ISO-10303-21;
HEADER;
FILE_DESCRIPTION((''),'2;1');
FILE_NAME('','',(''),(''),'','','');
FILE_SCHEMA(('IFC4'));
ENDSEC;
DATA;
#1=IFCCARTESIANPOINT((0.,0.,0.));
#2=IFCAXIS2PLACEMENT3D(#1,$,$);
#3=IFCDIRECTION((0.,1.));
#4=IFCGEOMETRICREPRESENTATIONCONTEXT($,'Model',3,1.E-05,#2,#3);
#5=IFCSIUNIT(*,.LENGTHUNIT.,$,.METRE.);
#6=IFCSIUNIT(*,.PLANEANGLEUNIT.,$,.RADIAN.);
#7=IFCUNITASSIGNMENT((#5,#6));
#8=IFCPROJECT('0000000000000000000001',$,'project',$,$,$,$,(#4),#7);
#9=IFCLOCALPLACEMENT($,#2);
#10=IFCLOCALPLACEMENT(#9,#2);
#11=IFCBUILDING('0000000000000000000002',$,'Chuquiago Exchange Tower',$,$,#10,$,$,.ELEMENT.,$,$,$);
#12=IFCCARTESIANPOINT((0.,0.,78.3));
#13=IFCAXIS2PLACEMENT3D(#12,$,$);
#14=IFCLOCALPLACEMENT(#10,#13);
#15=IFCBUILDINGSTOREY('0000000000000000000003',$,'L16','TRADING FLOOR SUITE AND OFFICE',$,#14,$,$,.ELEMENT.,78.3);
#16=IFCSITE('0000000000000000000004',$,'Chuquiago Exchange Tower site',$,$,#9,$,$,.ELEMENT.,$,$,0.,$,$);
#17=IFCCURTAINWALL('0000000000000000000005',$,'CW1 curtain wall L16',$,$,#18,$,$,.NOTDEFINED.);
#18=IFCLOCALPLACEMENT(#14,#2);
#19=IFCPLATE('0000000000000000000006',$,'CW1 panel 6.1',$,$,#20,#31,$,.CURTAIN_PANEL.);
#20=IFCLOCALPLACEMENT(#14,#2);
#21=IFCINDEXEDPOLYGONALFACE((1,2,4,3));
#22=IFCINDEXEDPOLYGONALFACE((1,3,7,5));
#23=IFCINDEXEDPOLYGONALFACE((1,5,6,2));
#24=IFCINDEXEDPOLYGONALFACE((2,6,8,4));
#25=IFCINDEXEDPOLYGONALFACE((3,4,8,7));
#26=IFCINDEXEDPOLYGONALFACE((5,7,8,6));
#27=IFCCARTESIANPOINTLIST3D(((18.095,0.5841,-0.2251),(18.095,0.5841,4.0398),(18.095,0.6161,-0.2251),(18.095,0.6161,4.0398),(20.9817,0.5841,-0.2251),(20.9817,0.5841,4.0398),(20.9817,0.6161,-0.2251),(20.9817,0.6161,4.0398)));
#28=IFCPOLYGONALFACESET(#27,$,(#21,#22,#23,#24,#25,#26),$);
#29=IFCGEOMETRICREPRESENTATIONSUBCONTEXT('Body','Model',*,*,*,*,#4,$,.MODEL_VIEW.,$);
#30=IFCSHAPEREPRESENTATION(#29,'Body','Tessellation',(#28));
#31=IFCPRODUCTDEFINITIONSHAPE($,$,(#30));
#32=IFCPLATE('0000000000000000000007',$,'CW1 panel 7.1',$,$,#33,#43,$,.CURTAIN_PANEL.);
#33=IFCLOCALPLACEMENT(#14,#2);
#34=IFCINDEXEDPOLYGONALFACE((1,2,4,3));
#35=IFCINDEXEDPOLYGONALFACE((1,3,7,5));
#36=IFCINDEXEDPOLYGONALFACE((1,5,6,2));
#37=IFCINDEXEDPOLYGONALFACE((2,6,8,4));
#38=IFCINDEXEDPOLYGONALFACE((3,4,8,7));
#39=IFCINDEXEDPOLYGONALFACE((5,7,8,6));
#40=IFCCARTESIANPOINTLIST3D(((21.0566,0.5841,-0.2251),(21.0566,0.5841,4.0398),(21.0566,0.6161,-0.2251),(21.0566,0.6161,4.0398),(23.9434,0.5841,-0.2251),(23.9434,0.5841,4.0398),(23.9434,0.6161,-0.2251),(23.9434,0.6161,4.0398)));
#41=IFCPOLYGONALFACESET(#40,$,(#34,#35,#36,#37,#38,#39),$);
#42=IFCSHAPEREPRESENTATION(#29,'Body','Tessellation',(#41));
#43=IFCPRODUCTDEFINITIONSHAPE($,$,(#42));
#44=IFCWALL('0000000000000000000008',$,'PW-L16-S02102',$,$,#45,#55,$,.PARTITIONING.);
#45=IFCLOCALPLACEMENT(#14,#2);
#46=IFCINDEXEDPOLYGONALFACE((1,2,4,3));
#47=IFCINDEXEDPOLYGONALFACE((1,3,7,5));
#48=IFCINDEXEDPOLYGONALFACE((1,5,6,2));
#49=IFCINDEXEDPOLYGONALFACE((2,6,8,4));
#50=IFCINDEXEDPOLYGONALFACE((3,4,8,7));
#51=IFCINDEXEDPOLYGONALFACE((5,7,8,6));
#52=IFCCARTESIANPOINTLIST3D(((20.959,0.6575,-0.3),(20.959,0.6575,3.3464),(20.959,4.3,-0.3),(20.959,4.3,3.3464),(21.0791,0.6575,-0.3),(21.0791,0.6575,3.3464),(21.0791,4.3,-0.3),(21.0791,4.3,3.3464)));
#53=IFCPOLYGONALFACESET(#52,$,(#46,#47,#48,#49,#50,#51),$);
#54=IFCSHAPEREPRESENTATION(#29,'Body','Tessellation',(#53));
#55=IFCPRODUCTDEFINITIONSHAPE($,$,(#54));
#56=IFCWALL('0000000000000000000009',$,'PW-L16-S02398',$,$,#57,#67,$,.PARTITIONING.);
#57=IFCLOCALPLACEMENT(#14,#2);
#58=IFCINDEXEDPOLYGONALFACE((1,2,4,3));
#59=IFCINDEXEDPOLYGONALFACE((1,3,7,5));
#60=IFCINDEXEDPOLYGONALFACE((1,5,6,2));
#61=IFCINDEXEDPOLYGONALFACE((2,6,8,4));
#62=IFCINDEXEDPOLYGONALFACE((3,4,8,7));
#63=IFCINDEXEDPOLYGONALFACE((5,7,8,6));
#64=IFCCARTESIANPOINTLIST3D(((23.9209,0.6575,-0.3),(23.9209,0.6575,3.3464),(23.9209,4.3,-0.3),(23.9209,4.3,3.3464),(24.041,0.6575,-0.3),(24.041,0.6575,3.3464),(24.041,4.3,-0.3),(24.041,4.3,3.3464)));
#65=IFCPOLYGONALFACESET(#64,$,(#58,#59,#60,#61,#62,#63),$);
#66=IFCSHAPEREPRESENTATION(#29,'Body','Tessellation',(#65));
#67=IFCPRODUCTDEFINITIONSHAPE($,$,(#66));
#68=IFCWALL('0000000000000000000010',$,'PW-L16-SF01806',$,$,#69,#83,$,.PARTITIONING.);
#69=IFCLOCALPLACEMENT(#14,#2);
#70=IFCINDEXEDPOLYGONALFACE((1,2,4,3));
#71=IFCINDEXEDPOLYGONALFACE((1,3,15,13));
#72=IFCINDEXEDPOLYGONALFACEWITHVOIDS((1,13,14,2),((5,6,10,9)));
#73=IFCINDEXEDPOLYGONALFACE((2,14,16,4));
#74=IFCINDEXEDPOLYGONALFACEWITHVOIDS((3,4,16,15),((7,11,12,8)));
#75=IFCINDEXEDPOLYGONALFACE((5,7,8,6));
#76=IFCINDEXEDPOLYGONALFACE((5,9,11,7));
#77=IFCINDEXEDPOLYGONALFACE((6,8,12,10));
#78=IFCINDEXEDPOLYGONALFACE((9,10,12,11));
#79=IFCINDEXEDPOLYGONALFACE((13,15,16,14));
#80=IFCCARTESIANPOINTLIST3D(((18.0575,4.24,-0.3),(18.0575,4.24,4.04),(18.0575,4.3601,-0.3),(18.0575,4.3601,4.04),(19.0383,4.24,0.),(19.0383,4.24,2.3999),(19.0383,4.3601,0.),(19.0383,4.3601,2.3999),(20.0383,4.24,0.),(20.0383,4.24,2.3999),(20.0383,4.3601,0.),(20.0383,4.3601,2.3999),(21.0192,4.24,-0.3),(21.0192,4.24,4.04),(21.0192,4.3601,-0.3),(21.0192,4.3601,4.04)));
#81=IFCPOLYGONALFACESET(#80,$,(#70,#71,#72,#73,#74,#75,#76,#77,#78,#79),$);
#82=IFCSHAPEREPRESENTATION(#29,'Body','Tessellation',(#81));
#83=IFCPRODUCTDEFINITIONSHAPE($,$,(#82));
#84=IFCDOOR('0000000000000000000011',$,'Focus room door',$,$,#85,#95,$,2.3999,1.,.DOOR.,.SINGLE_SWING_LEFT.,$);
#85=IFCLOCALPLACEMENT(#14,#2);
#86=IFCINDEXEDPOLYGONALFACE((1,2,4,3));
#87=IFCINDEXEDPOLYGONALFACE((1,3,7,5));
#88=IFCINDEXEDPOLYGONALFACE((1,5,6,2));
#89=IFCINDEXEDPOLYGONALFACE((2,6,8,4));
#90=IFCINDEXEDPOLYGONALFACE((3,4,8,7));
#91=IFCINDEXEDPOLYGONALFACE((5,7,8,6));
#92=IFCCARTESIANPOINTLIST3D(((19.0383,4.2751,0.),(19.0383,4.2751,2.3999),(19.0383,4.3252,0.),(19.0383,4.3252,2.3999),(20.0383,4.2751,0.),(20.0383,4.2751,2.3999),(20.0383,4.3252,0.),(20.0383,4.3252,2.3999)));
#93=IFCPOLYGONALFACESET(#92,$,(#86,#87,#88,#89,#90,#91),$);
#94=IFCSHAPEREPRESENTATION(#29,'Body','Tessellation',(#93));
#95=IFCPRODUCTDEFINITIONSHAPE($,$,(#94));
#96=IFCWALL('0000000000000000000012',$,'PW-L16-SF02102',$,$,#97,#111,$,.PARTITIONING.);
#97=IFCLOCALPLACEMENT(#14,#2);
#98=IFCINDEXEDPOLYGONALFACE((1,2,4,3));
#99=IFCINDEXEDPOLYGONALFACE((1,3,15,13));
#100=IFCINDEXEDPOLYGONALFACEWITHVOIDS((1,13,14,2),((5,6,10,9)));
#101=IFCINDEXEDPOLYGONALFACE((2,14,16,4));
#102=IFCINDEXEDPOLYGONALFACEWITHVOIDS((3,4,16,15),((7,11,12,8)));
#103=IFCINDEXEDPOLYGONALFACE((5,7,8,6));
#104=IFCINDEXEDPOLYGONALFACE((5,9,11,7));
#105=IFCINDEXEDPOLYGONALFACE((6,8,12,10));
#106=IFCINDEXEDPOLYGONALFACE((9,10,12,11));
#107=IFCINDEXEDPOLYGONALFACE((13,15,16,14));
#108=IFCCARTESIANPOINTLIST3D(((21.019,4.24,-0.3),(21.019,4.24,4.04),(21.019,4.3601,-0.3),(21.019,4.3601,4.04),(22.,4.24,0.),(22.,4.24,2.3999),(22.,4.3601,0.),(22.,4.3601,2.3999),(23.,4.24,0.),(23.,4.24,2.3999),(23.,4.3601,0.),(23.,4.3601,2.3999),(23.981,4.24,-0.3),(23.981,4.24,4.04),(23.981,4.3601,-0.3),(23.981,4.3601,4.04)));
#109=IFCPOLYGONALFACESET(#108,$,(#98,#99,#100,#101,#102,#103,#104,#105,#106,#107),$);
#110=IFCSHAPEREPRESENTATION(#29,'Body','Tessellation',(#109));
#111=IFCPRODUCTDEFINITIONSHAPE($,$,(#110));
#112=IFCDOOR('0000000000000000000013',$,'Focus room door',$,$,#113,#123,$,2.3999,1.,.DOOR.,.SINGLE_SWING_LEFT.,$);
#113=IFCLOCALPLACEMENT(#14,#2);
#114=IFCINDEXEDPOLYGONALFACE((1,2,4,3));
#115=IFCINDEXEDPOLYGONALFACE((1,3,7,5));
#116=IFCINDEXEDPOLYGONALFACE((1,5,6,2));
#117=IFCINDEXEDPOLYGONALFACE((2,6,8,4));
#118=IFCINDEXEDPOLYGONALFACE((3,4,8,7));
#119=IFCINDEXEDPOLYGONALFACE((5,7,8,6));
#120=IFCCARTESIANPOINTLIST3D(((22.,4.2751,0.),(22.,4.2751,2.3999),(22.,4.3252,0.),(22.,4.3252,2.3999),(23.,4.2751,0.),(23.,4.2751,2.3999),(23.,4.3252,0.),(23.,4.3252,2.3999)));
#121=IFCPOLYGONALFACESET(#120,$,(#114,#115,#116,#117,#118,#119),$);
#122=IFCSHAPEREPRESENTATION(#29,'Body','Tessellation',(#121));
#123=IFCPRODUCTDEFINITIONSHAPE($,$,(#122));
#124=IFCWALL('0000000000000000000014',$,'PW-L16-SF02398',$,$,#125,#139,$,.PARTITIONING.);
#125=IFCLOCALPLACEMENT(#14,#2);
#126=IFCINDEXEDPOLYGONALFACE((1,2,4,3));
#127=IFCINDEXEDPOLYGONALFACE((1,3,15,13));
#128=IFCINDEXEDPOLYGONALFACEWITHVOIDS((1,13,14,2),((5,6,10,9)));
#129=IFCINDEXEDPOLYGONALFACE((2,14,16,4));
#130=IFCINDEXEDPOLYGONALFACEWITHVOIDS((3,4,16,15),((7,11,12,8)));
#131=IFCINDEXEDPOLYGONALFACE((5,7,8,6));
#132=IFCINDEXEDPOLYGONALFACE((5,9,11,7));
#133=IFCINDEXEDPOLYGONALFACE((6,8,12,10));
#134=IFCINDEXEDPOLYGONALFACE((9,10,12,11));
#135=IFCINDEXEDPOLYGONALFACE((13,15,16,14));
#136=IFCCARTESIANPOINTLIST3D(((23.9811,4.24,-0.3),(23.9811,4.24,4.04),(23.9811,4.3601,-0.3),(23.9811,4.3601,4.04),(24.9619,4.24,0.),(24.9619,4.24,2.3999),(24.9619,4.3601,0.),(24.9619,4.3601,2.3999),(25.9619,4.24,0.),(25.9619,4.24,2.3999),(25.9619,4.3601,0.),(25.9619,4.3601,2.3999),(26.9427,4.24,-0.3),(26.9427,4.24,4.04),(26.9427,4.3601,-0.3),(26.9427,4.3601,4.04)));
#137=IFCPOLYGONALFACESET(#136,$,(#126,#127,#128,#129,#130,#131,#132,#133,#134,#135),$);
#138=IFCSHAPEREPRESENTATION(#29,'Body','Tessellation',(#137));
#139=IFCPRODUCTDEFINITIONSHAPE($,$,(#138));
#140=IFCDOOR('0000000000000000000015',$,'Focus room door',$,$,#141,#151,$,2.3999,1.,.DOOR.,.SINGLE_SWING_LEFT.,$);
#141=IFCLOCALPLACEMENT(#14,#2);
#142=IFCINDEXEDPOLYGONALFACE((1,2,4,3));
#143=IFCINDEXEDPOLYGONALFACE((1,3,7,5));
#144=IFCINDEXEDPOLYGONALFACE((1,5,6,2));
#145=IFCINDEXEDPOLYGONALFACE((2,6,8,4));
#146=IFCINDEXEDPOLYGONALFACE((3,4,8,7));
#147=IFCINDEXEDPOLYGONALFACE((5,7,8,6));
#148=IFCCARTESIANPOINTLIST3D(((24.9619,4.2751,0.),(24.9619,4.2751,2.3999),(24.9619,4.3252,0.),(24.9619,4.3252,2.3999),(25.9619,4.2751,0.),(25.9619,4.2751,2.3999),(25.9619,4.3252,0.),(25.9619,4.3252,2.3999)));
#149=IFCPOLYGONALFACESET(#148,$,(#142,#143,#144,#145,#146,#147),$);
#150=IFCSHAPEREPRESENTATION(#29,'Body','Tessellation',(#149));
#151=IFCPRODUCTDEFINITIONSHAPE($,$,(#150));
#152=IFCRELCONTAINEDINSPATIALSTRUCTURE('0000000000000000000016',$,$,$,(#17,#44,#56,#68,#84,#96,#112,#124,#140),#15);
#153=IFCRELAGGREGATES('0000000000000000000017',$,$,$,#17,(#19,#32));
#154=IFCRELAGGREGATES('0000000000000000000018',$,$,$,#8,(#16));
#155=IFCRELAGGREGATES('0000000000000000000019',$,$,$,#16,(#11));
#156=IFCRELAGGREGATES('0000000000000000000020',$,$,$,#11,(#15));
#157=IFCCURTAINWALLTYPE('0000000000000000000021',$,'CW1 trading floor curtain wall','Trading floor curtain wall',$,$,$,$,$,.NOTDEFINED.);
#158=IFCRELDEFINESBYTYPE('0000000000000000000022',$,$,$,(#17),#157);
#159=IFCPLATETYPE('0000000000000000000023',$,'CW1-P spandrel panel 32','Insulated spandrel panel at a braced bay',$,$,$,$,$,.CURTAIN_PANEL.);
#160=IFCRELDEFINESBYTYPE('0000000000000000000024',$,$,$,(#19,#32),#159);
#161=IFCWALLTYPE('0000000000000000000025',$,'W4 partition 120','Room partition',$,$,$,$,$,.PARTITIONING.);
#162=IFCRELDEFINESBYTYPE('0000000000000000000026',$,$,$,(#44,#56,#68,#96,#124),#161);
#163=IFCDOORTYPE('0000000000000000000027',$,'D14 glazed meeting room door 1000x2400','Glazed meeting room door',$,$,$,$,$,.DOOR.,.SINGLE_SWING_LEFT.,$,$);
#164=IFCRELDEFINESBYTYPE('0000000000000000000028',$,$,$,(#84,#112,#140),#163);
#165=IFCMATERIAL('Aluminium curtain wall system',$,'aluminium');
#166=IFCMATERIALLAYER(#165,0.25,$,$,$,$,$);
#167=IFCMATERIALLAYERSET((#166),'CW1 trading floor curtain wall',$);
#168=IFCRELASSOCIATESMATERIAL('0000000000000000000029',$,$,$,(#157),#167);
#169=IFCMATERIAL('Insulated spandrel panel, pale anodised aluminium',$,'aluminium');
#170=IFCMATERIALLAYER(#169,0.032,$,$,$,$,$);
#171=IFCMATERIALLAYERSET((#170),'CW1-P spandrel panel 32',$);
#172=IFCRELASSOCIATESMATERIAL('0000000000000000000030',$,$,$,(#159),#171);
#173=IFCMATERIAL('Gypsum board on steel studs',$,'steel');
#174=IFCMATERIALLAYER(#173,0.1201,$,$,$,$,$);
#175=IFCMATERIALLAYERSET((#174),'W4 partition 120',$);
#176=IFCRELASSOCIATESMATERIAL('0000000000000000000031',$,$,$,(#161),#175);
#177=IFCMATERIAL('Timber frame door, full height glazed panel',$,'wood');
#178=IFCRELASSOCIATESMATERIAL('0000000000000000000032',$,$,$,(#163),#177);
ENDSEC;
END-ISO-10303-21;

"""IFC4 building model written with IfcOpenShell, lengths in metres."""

from ifc_helpers import new_model, si_unit, direction, frame, frame_2d, origin, origin_2d, place, context, subcontext, project, spatial, rectangle, extrude, material, layer, layer_set, type_object, element, fill, aggregate, save


model = new_model("IFC4")

# Units and contexts
model_context = context("Model", 3, precision=1e-05, world=origin(), true_north=direction((0.0, 1.0)))
body_context = subcontext(model_context, "Body", "Model", "MODEL_VIEW")
ifc_project = project(units=[si_unit("LENGTHUNIT", "METRE"), si_unit("PLANEANGLEUNIT", "RADIAN")], contexts=[model_context])

# Site, building, storey
site_placement = place(None, origin())
site = spatial("IfcSite", under=ifc_project, at=site_placement, Name="Chuquiago Exchange Tower site", CompositionType="ELEMENT", RefElevation=0.0)
building_placement = place(site_placement, origin())
building = spatial("IfcBuilding", under=site, at=building_placement, Name="Chuquiago Exchange Tower", CompositionType="ELEMENT")
storey_placement = place(building_placement, frame((0.0, 0.0, 78.3)))
storey = spatial("IfcBuildingStorey", under=building, at=storey_placement, Name="L16", Description="TRADING FLOOR SUITE AND OFFICE", CompositionType="ELEMENT", Elevation=78.3)

# Curtain wall
ifc_material_1 = material(Name="Aluminium curtain wall system", Category="aluminium")
ifc_layer_1 = layer(ifc_material_1, 0.25)
ifc_layer_set_1 = layer_set([ifc_layer_1], Name="CW1 trading floor curtain wall")
curtain_wall_type = type_object("IfcCurtainWallType", Name="CW1 trading floor curtain wall", Description="Trading floor curtain wall", PredefinedType="NOTDEFINED", material=ifc_layer_set_1)
curtain_wall_placement = place(storey_placement, origin())
curtain_wall = element("IfcCurtainWall", 1, at=curtain_wall_placement, inside=storey, type_object=curtain_wall_type, Name="CW1 curtain wall L16", PredefinedType="NOTDEFINED")

# Plates
ifc_material_2 = material(Name="Insulated spandrel panel, pale anodised aluminium", Category="aluminium")
ifc_layer_2 = layer(ifc_material_2, 0.032)
ifc_layer_set_2 = layer_set([ifc_layer_2], Name="CW1-P spandrel panel 32")
plate_type_1 = type_object("IfcPlateType", Name="CW1-P spandrel panel 32", Description="Insulated spandrel panel at a braced bay", PredefinedType="CURTAIN_PANEL", material=ifc_layer_set_2)
plate_1_placement = place(storey_placement, frame((19.5383, 0.6001, -0.2251), z_axis=(0.0, 0.0, 1.0), x_axis=(1.0, 0.0, 0.0)))
plate_1 = element("IfcPlate", 2, at=plate_1_placement, type_object=plate_type_1, Name="CW1 panel 6.1", PredefinedType="CURTAIN_PANEL", context=body_context, shape_type="SweptSolid", body=[
    extrude(rectangle(XDim=2.8867, YDim=0.032, at=origin_2d()), origin(), (0.0, 0.0, 1.0), 4.2649),
])
plate_2_placement = place(storey_placement, frame((22.5, 0.6001, -0.2251), z_axis=(0.0, 0.0, 1.0), x_axis=(1.0, 0.0, 0.0)))
plate_2 = element("IfcPlate", 3, at=plate_2_placement, type_object=plate_type_1, Name="CW1 panel 7.1", PredefinedType="CURTAIN_PANEL", context=body_context, shape_type="SweptSolid", body=[
    extrude(rectangle(XDim=2.8867, YDim=0.032, at=origin_2d()), origin(), (0.0, 0.0, 1.0), 4.2649),
])
aggregate(curtain_wall, [plate_1, plate_2])

# Walls
ifc_material_3 = material(Name="Gypsum board on steel studs", Category="steel")
ifc_layer_3 = layer(ifc_material_3, 0.1201)
ifc_layer_set_3 = layer_set([ifc_layer_3], Name="W4 partition 120")
wall_type = type_object("IfcWallType", Name="W4 partition 120", Description="Room partition", PredefinedType="PARTITIONING", material=ifc_layer_set_3)
for number, where, z_axis, x_axis, name in (
    (4, (21.019, 0.6575, -0.3), (0.0, 0.0, 1.0), (0.0, 1.0, 0.0), "PW-L16-S02102"),
    (5, (23.981, 0.6575, -0.3), (0.0, 0.0, 1.0), (0.0, 1.0, 0.0), "PW-L16-S02398"),
):
    element("IfcWall", number, at=place(storey_placement, frame(where, z_axis=z_axis, x_axis=x_axis)), inside=storey, type_object=wall_type, Name=name, PredefinedType="PARTITIONING", context=body_context, shape_type="SweptSolid", body=[
        extrude(rectangle(XDim=3.6426, YDim=0.1201, at=frame_2d((1.8213, 0.0))), origin(), (0.0, 0.0, 1.0), 3.6465),
    ])

# Walls, openings, doors
wall_1_placement = place(storey_placement, frame((18.0574, 4.3, -0.3), z_axis=(0.0, 0.0, 1.0), x_axis=(1.0, 0.0, 0.0)))
wall_1 = element("IfcWall", 6, at=wall_1_placement, inside=storey, type_object=wall_type, Name="PW-L16-SF01806", PredefinedType="PARTITIONING", context=body_context, shape_type="SweptSolid", body=[
    extrude(rectangle(XDim=2.9617, YDim=0.1201, at=frame_2d((1.481, 0.0))), origin(), (0.0, 0.0, 1.0), 4.3401),
])
opening_1_placement = place(wall_1_placement, frame((0.981, 0.0, 0.3)))
opening_1 = element("IfcOpeningElement", 7, at=opening_1_placement, cuts=wall_1, PredefinedType="OPENING", context=body_context, shape_type="SweptSolid", body=[
    extrude(rectangle(XDim=1.0, YDim=2.3999, at=frame_2d((0.5, 1.2))), frame((0.0, 0.0701, 0.0), z_axis=(0.0, -1.0, 0.0), x_axis=(1.0, 0.0, 0.0)), (0.0, 0.0, 1.0), 0.1401),
])
ifc_material_4 = material(Name="Timber frame door, full height glazed panel", Category="wood")
door_type = type_object("IfcDoorType", Name="D14 glazed meeting room door 1000x2400", Description="Glazed meeting room door", OperationType="SINGLE_SWING_LEFT", PredefinedType="DOOR", material=ifc_material_4)
door_1_placement = place(opening_1_placement, frame((1.0, 0.0, 0.0), z_axis=(0.0, 0.0, 1.0), x_axis=(-1.0, 0.0, 0.0)))
door_1 = element("IfcDoor", 8, at=door_1_placement, inside=storey, type_object=door_type, Name="Focus room door", OperationType="SINGLE_SWING_LEFT", OverallHeight=2.3999, OverallWidth=1.0, PredefinedType="DOOR", context=body_context, shape_type="SweptSolid", body=[
    extrude(rectangle(XDim=1.0, YDim=2.3999, at=frame_2d((0.5, 1.2))), frame((0.0, 0.0249, 0.0), z_axis=(0.0, -1.0, 0.0), x_axis=(1.0, 0.0, 0.0)), (0.0, 0.0, 1.0), 0.05),
])
fill(opening_1, door_1)
wall_2_placement = place(storey_placement, frame((21.019, 4.3, -0.3), z_axis=(0.0, 0.0, 1.0), x_axis=(1.0, 0.0, 0.0)))
wall_2 = element("IfcWall", 9, at=wall_2_placement, inside=storey, type_object=wall_type, Name="PW-L16-SF02102", PredefinedType="PARTITIONING", context=body_context, shape_type="SweptSolid", body=[
    extrude(rectangle(XDim=2.9619, YDim=0.1201, at=frame_2d((1.481, 0.0))), origin(), (0.0, 0.0, 1.0), 4.3401),
])
opening_2_placement = place(wall_2_placement, frame((0.981, 0.0, 0.3)))
opening_2 = element("IfcOpeningElement", 10, at=opening_2_placement, cuts=wall_2, PredefinedType="OPENING", context=body_context, shape_type="SweptSolid", body=[
    extrude(rectangle(XDim=1.0, YDim=2.3999, at=frame_2d((0.5, 1.2))), frame((0.0, 0.0701, 0.0), z_axis=(0.0, -1.0, 0.0), x_axis=(1.0, 0.0, 0.0)), (0.0, 0.0, 1.0), 0.1401),
])
door_2_placement = place(opening_2_placement, frame((1.0, 0.0, 0.0), z_axis=(0.0, 0.0, 1.0), x_axis=(-1.0, 0.0, 0.0)))
door_2 = element("IfcDoor", 11, at=door_2_placement, inside=storey, type_object=door_type, Name="Focus room door", OperationType="SINGLE_SWING_LEFT", OverallHeight=2.3999, OverallWidth=1.0, PredefinedType="DOOR", context=body_context, shape_type="SweptSolid", body=[
    extrude(rectangle(XDim=1.0, YDim=2.3999, at=frame_2d((0.5, 1.2))), frame((0.0, 0.0249, 0.0), z_axis=(0.0, -1.0, 0.0), x_axis=(1.0, 0.0, 0.0)), (0.0, 0.0, 1.0), 0.05),
])
fill(opening_2, door_2)
wall_3_placement = place(storey_placement, frame((23.981, 4.3, -0.3), z_axis=(0.0, 0.0, 1.0), x_axis=(1.0, 0.0, 0.0)))
wall_3 = element("IfcWall", 12, at=wall_3_placement, inside=storey, type_object=wall_type, Name="PW-L16-SF02398", PredefinedType="PARTITIONING", context=body_context, shape_type="SweptSolid", body=[
    extrude(rectangle(XDim=2.9617, YDim=0.1201, at=frame_2d((1.481, 0.0))), origin(), (0.0, 0.0, 1.0), 4.3401),
])
opening_3_placement = place(wall_3_placement, frame((0.981, 0.0, 0.3)))
opening_3 = element("IfcOpeningElement", 13, at=opening_3_placement, cuts=wall_3, PredefinedType="OPENING", context=body_context, shape_type="SweptSolid", body=[
    extrude(rectangle(XDim=1.0, YDim=2.3999, at=frame_2d((0.5, 1.2))), frame((0.0, 0.0701, 0.0), z_axis=(0.0, -1.0, 0.0), x_axis=(1.0, 0.0, 0.0)), (0.0, 0.0, 1.0), 0.1401),
])
door_3_placement = place(opening_3_placement, frame((1.0, 0.0, 0.0), z_axis=(0.0, 0.0, 1.0), x_axis=(-1.0, 0.0, 0.0)))
door_3 = element("IfcDoor", 14, at=door_3_placement, inside=storey, type_object=door_type, Name="Focus room door", OperationType="SINGLE_SWING_LEFT", OverallHeight=2.3999, OverallWidth=1.0, PredefinedType="DOOR", context=body_context, shape_type="SweptSolid", body=[
    extrude(rectangle(XDim=1.0, YDim=2.3999, at=frame_2d((0.5, 1.2))), frame((0.0, 0.0249, 0.0), z_axis=(0.0, -1.0, 0.0), x_axis=(1.0, 0.0, 0.0)), (0.0, 0.0, 1.0), 0.05),
])
fill(opening_3, door_3)

save(model, "model.ifc")
